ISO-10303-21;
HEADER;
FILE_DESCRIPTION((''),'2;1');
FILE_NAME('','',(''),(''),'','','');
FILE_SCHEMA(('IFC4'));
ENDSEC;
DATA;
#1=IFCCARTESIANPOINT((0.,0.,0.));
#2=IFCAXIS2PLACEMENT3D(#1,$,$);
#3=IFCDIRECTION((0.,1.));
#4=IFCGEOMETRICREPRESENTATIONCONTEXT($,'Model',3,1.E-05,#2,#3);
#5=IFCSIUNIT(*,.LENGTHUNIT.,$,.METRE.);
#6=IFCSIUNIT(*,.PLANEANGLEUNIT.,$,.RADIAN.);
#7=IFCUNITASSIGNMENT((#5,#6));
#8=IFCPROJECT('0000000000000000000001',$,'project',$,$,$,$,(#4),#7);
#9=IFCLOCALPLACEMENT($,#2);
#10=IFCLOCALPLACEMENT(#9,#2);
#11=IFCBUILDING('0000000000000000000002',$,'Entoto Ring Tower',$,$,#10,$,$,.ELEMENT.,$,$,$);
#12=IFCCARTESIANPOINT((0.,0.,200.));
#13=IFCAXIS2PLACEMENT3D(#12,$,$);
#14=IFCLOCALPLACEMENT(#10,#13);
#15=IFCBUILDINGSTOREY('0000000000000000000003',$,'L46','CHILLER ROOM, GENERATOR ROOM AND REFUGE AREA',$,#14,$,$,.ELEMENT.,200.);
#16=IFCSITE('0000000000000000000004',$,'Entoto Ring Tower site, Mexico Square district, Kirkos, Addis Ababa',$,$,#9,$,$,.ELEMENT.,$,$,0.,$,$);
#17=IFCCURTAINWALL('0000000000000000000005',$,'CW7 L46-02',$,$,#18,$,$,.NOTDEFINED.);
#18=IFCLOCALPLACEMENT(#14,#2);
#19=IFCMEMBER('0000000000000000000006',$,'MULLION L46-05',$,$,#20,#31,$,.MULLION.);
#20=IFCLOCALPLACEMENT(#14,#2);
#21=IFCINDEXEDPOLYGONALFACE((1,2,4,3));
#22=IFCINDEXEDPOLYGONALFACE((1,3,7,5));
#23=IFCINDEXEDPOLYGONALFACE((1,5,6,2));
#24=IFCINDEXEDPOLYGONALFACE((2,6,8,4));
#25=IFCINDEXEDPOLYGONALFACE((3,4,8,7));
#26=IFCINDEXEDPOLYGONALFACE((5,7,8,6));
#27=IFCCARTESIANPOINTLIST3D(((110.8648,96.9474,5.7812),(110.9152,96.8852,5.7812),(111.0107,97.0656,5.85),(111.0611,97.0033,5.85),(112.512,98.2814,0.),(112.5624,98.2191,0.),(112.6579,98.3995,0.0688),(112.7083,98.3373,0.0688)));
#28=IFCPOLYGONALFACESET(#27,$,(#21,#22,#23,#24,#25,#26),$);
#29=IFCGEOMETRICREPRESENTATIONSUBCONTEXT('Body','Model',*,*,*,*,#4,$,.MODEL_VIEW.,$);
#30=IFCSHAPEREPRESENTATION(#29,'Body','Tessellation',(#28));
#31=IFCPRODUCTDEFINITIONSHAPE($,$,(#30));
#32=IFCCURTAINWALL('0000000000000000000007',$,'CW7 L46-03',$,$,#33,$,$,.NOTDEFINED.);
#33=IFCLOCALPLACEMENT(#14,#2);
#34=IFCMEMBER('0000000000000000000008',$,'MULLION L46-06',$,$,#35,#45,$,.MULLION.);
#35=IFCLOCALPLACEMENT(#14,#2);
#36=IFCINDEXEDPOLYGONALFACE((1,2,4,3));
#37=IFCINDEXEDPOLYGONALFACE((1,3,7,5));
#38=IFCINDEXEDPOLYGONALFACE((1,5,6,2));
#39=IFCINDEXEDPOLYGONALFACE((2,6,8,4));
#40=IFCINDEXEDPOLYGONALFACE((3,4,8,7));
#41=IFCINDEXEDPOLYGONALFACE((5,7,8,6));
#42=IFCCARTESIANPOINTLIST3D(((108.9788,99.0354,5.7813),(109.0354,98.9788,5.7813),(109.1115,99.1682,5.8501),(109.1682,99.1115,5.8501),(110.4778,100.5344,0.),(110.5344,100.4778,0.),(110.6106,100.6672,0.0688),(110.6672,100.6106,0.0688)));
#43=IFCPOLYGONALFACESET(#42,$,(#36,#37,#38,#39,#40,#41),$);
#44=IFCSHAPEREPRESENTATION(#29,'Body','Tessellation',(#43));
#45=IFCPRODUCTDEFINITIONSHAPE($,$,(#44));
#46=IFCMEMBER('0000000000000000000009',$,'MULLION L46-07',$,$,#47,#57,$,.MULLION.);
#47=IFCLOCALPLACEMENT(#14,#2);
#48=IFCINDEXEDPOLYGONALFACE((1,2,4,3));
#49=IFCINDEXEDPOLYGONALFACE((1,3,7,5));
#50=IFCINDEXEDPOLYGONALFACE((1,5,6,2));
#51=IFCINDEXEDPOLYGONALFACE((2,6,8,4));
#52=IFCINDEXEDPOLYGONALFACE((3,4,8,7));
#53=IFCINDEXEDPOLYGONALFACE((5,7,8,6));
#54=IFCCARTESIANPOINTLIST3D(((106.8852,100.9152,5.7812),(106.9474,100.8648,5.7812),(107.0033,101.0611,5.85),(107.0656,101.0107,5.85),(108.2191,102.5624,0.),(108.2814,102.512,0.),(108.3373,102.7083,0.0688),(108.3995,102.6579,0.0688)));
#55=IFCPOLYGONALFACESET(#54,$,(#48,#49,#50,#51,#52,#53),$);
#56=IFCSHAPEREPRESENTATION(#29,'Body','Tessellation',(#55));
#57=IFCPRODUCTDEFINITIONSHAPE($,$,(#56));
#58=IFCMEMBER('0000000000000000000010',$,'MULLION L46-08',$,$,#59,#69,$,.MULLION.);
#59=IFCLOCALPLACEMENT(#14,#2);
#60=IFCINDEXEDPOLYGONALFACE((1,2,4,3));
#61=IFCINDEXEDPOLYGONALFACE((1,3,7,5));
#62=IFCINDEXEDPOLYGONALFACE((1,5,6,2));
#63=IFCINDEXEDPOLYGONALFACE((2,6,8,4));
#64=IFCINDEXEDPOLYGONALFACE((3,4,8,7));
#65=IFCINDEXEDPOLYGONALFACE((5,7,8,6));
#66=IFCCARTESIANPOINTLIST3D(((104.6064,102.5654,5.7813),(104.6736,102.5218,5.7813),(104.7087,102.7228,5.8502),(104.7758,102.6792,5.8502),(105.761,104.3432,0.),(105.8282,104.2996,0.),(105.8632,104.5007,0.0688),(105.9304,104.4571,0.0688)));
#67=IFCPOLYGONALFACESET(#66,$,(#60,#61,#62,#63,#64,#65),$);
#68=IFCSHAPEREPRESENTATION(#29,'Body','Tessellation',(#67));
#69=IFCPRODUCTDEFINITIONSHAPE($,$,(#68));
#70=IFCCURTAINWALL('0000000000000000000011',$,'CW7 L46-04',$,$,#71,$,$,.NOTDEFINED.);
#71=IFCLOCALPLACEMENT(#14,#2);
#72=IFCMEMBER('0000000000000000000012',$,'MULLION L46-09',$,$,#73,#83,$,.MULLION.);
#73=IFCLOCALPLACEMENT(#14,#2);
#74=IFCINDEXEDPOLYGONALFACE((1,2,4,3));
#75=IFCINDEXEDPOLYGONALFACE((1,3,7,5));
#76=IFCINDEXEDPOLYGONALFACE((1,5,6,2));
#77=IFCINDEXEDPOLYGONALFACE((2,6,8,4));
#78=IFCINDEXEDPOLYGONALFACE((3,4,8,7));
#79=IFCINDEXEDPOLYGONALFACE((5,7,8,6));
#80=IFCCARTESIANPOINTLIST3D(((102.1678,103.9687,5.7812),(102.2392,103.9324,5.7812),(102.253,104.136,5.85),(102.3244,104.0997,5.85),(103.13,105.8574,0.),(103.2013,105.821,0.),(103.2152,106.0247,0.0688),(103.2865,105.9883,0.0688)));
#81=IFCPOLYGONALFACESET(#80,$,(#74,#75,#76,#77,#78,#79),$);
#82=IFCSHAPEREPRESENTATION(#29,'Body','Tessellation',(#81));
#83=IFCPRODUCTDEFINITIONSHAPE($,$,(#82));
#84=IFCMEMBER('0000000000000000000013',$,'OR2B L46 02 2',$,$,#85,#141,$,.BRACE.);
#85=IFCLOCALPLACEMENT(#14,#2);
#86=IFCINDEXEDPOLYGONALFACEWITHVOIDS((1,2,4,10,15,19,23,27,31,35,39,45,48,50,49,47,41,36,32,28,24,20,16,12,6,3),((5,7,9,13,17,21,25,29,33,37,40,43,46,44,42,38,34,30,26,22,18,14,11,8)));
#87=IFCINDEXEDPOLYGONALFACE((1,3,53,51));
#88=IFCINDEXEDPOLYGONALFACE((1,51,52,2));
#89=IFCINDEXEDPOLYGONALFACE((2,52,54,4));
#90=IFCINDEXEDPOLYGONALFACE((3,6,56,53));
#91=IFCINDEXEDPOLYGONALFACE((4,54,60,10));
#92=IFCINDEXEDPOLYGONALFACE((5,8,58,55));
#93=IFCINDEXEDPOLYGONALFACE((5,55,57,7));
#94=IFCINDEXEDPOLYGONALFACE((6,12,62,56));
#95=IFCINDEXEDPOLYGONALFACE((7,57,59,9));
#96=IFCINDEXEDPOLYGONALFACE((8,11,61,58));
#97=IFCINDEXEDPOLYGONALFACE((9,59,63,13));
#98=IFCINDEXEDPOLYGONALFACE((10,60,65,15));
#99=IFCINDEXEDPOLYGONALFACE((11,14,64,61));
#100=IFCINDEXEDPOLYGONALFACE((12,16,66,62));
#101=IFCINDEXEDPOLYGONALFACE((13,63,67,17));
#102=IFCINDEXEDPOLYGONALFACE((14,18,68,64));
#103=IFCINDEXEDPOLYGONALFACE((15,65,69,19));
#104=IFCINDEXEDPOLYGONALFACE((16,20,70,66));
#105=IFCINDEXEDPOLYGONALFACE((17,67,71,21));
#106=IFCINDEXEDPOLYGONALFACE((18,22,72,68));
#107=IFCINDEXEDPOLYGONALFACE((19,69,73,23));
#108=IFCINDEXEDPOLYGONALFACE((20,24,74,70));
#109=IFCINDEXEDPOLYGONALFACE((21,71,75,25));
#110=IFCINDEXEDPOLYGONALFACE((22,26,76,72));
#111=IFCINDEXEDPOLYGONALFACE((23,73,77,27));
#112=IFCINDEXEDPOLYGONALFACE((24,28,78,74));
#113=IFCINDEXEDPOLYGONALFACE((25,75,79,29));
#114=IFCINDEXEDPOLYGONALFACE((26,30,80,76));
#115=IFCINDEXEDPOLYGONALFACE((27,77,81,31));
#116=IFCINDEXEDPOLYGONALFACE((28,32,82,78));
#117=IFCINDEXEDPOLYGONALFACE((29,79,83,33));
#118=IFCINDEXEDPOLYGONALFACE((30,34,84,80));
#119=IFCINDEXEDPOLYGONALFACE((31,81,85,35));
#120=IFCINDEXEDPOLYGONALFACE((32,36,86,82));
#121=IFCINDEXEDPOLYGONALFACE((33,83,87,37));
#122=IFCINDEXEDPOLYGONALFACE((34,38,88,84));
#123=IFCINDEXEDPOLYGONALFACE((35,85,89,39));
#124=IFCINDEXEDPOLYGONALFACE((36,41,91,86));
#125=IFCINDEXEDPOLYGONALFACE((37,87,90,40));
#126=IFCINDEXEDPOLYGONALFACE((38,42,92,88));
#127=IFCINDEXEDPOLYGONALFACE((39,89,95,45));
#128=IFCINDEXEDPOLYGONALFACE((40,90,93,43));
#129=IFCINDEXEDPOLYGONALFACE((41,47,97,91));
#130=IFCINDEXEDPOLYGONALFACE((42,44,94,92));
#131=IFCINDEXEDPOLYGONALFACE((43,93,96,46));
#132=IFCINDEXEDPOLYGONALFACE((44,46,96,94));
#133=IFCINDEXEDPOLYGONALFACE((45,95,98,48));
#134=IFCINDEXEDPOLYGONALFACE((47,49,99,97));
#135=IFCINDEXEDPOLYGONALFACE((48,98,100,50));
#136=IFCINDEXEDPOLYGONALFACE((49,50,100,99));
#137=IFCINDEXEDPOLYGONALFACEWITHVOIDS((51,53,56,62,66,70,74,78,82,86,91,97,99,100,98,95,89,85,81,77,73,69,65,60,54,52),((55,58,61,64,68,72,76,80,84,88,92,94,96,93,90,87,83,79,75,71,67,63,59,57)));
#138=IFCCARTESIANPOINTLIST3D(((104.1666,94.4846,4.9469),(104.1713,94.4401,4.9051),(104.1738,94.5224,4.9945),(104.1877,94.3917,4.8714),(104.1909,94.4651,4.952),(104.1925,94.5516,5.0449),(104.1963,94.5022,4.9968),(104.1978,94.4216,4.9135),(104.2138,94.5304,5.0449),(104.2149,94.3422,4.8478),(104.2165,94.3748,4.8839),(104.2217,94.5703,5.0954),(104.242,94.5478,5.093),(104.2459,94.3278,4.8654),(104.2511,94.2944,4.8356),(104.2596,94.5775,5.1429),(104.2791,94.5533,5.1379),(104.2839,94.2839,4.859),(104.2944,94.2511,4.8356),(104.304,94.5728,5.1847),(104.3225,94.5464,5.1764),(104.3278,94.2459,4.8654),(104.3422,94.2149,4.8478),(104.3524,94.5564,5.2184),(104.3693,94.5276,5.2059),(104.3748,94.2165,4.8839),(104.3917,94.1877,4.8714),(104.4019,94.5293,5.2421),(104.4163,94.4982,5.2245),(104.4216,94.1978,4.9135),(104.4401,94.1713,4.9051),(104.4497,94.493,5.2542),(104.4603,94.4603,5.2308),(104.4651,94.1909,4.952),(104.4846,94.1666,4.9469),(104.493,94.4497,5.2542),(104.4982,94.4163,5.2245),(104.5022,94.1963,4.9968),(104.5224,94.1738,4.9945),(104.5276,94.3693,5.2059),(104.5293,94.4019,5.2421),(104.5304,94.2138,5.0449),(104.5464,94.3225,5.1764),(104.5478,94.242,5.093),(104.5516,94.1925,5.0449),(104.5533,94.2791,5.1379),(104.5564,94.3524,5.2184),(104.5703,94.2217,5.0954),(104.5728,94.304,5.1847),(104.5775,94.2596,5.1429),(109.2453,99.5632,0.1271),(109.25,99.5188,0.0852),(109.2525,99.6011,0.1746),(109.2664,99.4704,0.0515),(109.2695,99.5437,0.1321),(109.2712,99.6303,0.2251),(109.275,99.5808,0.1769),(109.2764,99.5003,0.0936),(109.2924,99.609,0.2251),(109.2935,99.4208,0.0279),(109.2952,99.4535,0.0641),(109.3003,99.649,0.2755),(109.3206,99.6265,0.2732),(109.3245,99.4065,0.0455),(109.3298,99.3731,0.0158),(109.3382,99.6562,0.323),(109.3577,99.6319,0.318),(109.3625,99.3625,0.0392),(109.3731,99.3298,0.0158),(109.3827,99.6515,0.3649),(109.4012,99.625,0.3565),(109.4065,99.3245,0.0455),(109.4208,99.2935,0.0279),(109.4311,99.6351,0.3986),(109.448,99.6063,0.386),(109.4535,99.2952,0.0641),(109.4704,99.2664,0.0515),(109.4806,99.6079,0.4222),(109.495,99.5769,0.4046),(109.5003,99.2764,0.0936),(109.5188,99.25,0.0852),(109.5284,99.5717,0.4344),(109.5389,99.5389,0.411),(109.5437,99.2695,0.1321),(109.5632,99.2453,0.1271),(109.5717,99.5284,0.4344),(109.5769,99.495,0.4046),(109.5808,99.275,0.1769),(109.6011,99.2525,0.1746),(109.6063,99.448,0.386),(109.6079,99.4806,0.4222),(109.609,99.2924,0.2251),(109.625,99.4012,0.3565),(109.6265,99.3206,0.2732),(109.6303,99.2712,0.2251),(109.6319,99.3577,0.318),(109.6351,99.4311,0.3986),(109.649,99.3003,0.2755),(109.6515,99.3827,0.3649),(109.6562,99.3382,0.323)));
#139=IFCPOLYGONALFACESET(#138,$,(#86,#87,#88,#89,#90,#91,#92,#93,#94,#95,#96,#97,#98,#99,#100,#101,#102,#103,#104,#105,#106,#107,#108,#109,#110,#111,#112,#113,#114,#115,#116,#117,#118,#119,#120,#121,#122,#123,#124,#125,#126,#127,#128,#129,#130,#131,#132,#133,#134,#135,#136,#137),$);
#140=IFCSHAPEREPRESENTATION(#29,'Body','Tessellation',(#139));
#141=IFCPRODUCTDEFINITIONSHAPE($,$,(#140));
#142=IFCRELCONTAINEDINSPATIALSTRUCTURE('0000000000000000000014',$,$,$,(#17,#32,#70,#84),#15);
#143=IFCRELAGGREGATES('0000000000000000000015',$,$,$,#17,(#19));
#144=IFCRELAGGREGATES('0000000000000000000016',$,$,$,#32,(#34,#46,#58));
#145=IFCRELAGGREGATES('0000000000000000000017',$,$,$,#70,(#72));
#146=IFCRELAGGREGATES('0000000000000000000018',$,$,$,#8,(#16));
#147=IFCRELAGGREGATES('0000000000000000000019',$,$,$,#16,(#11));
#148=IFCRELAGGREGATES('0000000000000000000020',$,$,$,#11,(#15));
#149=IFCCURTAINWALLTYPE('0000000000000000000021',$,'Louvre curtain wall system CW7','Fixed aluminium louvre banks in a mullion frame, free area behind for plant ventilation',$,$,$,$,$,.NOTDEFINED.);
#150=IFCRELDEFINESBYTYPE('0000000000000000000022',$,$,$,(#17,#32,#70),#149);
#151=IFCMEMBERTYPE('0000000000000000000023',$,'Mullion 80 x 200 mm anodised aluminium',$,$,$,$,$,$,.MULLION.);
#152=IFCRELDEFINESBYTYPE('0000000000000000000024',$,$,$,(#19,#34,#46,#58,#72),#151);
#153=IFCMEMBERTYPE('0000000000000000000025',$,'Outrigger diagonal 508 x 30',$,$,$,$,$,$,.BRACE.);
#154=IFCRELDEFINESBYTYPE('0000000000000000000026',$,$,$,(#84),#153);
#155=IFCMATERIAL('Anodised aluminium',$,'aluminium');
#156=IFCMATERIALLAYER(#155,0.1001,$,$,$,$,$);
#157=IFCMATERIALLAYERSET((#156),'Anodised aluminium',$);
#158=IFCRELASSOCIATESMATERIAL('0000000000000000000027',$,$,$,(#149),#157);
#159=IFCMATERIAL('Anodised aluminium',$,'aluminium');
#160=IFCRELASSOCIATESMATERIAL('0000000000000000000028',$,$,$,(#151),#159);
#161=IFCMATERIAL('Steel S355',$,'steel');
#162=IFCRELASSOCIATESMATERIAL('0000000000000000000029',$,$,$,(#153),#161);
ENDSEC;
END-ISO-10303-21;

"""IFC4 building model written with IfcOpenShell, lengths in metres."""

from ifc_helpers import new_model, si_unit, direction, frame, origin, origin_2d, place, context, subcontext, project, spatial, rectangle, circle, hollow_circle, extrude, material, layer, layer_set, material_profile, profile_set, type_object, element, aggregate, save


model = new_model("IFC4")

# Units and contexts
model_context = context("Model", 3, precision=1e-05, world=origin(), true_north=direction((0.0, 1.0)))
body_context = subcontext(model_context, "Body", "Model", "MODEL_VIEW")
ifc_project = project(units=[si_unit("LENGTHUNIT", "METRE"), si_unit("PLANEANGLEUNIT", "RADIAN")], contexts=[model_context])

# Site, building, storey
site_placement = place(None, origin())
site = spatial("IfcSite", under=ifc_project, at=site_placement, Name="Entoto Ring Tower site, Mexico Square district, Kirkos, Addis Ababa", CompositionType="ELEMENT", RefElevation=0.0)
building_placement = place(site_placement, origin())
building = spatial("IfcBuilding", under=site, at=building_placement, Name="Entoto Ring Tower", CompositionType="ELEMENT")
storey_placement = place(building_placement, frame((0.0, 0.0, 200.0)))
storey = spatial("IfcBuildingStorey", under=building, at=storey_placement, Name="L46", Description="CHILLER ROOM, GENERATOR ROOM AND REFUGE AREA", CompositionType="ELEMENT", Elevation=200.0)

# Curtain walls, members
ifc_material_1 = material(Name="Anodised aluminium", Category="aluminium")
ifc_layer_1 = layer(ifc_material_1, 0.1001)
ifc_layer_set_1 = layer_set([ifc_layer_1], Name="Anodised aluminium")
curtain_wall_type = type_object("IfcCurtainWallType", Name="Louvre curtain wall system CW7", Description="Fixed aluminium louvre banks in a mullion frame, free area behind for plant ventilation", PredefinedType="NOTDEFINED", material=ifc_layer_set_1)
curtain_wall_1_placement = place(storey_placement, origin())
curtain_wall_1 = element("IfcCurtainWall", 1, at=curtain_wall_1_placement, inside=storey, type_object=curtain_wall_type, Name="CW7 L46-02", PredefinedType="NOTDEFINED")
ifc_material_2 = material(Name="Anodised aluminium", Category="aluminium")
ifc_material_profile_1 = material_profile(ifc_material_2, rectangle(XDim=0.0801, YDim=0.2, at=origin_2d()), Name="Mullion 80 x 200 mm anodised aluminium")
ifc_profile_set_1 = profile_set([ifc_material_profile_1], Name="Anodised aluminium")
member_type_1 = type_object("IfcMemberType", Name="Mullion 80 x 200 mm anodised aluminium", PredefinedType="MULLION", material=ifc_profile_set_1)
member_1_placement = place(storey_placement, frame((112.6101, 98.3093, 0.0344), z_axis=(-0.267511, -0.216641, 0.938885), x_axis=(0.629347, -0.777124, 0.0)))
member_1 = element("IfcMember", 2, at=member_1_placement, type_object=member_type_1, Name="MULLION L46-05", PredefinedType="MULLION", context=body_context, shape_type="SweptSolid", body=[
    extrude(rectangle(XDim=0.0801, YDim=0.2, at=origin_2d()), origin(), (0.0, 0.0, 1.0), 6.1575),
])
aggregate(curtain_wall_1, [member_1])
curtain_wall_2_placement = place(storey_placement, origin())
curtain_wall_2 = element("IfcCurtainWall", 3, at=curtain_wall_2_placement, inside=storey, type_object=curtain_wall_type, Name="CW7 L46-03", PredefinedType="NOTDEFINED")
member_2_placement = place(storey_placement, frame((110.5725, 100.5725, 0.0344), z_axis=(-0.24344, -0.24344, 0.938869), x_axis=(0.707107, -0.707107, 0.0)))
member_2 = element("IfcMember", 4, at=member_2_placement, type_object=member_type_1, Name="MULLION L46-06", PredefinedType="MULLION", context=body_context, shape_type="SweptSolid", body=[
    extrude(rectangle(XDim=0.0801, YDim=0.2, at=origin_2d()), origin(), (0.0, 0.0, 1.0), 6.1577),
])
member_3_placement = place(storey_placement, frame((108.3093, 102.6101, 0.0344), z_axis=(-0.216641, -0.267511, 0.938885), x_axis=(0.777124, -0.629347, 0.0)))
member_3 = element("IfcMember", 5, at=member_3_placement, type_object=member_type_1, Name="MULLION L46-07", PredefinedType="MULLION", context=body_context, shape_type="SweptSolid", body=[
    extrude(rectangle(XDim=0.0801, YDim=0.2, at=origin_2d()), origin(), (0.0, 0.0, 1.0), 6.1575),
])
member_4_placement = place(storey_placement, frame((105.8457, 104.4001, 0.0344), z_axis=(-0.187497, -0.28872, 0.938875), x_axis=(0.83867, -0.54464, 0.0)))
member_4 = element("IfcMember", 6, at=member_4_placement, type_object=member_type_1, Name="MULLION L46-08", PredefinedType="MULLION", context=body_context, shape_type="SweptSolid", body=[
    extrude(rectangle(XDim=0.0801, YDim=0.2, at=origin_2d()), origin(), (0.0, 0.0, 1.0), 6.1577),
])
aggregate(curtain_wall_2, [member_2, member_3, member_4])

# Curtain wall, member
curtain_wall_3_placement = place(storey_placement, origin())
curtain_wall_3 = element("IfcCurtainWall", 7, at=curtain_wall_3_placement, inside=storey, type_object=curtain_wall_type, Name="CW7 L46-04", PredefinedType="NOTDEFINED")
member_5_placement = place(storey_placement, frame((103.2083, 105.9229, 0.0344), z_axis=(-0.156256, -0.306724, 0.938885), x_axis=(0.891039, -0.453928, 0.0)))
member_5 = element("IfcMember", 8, at=member_5_placement, type_object=member_type_1, Name="MULLION L46-09", PredefinedType="MULLION", context=body_context, shape_type="SweptSolid", body=[
    extrude(rectangle(XDim=0.0801, YDim=0.2, at=origin_2d()), origin(), (0.0, 0.0, 1.0), 6.1575),
])
aggregate(curtain_wall_3, [member_5])

# Member
ifc_material_3 = material(Name="Steel S355", Category="steel")
ifc_material_profile_2 = material_profile(ifc_material_3, hollow_circle(Radius=0.2539, WallThickness=0.03, at=origin_2d()), Name="CHS 508 x 30")
ifc_material_4 = material(Name="Concrete C60/75", Category="concrete")
ifc_material_profile_3 = material_profile(ifc_material_4, circle(Radius=0.2241, at=origin_2d()), Name="Concrete C60/75 infill")
ifc_profile_set_2 = profile_set([ifc_material_profile_2, ifc_material_profile_3], Name="Steel S355")
member_type_2 = type_object("IfcMemberType", Name="Outrigger diagonal 508 x 30", PredefinedType="BRACE", material=ifc_profile_set_2)
member_6_placement = place(storey_placement, frame((104.3721, 94.3721, 5.0449), z_axis=(0.587151, 0.587151, -0.557232), x_axis=(-0.707107, 0.707107, 0.0)))
element("IfcMember", 9, at=member_6_placement, inside=storey, type_object=member_type_2, Name="OR2B L46 02 2", PredefinedType="BRACE", context=body_context, shape_type="SweptSolid", body=[
    extrude(hollow_circle(Radius=0.2539, WallThickness=0.03, at=origin_2d()), origin(), (0.0, 0.0, 1.0), 8.6497),
])

save(model, "model.ifc")
